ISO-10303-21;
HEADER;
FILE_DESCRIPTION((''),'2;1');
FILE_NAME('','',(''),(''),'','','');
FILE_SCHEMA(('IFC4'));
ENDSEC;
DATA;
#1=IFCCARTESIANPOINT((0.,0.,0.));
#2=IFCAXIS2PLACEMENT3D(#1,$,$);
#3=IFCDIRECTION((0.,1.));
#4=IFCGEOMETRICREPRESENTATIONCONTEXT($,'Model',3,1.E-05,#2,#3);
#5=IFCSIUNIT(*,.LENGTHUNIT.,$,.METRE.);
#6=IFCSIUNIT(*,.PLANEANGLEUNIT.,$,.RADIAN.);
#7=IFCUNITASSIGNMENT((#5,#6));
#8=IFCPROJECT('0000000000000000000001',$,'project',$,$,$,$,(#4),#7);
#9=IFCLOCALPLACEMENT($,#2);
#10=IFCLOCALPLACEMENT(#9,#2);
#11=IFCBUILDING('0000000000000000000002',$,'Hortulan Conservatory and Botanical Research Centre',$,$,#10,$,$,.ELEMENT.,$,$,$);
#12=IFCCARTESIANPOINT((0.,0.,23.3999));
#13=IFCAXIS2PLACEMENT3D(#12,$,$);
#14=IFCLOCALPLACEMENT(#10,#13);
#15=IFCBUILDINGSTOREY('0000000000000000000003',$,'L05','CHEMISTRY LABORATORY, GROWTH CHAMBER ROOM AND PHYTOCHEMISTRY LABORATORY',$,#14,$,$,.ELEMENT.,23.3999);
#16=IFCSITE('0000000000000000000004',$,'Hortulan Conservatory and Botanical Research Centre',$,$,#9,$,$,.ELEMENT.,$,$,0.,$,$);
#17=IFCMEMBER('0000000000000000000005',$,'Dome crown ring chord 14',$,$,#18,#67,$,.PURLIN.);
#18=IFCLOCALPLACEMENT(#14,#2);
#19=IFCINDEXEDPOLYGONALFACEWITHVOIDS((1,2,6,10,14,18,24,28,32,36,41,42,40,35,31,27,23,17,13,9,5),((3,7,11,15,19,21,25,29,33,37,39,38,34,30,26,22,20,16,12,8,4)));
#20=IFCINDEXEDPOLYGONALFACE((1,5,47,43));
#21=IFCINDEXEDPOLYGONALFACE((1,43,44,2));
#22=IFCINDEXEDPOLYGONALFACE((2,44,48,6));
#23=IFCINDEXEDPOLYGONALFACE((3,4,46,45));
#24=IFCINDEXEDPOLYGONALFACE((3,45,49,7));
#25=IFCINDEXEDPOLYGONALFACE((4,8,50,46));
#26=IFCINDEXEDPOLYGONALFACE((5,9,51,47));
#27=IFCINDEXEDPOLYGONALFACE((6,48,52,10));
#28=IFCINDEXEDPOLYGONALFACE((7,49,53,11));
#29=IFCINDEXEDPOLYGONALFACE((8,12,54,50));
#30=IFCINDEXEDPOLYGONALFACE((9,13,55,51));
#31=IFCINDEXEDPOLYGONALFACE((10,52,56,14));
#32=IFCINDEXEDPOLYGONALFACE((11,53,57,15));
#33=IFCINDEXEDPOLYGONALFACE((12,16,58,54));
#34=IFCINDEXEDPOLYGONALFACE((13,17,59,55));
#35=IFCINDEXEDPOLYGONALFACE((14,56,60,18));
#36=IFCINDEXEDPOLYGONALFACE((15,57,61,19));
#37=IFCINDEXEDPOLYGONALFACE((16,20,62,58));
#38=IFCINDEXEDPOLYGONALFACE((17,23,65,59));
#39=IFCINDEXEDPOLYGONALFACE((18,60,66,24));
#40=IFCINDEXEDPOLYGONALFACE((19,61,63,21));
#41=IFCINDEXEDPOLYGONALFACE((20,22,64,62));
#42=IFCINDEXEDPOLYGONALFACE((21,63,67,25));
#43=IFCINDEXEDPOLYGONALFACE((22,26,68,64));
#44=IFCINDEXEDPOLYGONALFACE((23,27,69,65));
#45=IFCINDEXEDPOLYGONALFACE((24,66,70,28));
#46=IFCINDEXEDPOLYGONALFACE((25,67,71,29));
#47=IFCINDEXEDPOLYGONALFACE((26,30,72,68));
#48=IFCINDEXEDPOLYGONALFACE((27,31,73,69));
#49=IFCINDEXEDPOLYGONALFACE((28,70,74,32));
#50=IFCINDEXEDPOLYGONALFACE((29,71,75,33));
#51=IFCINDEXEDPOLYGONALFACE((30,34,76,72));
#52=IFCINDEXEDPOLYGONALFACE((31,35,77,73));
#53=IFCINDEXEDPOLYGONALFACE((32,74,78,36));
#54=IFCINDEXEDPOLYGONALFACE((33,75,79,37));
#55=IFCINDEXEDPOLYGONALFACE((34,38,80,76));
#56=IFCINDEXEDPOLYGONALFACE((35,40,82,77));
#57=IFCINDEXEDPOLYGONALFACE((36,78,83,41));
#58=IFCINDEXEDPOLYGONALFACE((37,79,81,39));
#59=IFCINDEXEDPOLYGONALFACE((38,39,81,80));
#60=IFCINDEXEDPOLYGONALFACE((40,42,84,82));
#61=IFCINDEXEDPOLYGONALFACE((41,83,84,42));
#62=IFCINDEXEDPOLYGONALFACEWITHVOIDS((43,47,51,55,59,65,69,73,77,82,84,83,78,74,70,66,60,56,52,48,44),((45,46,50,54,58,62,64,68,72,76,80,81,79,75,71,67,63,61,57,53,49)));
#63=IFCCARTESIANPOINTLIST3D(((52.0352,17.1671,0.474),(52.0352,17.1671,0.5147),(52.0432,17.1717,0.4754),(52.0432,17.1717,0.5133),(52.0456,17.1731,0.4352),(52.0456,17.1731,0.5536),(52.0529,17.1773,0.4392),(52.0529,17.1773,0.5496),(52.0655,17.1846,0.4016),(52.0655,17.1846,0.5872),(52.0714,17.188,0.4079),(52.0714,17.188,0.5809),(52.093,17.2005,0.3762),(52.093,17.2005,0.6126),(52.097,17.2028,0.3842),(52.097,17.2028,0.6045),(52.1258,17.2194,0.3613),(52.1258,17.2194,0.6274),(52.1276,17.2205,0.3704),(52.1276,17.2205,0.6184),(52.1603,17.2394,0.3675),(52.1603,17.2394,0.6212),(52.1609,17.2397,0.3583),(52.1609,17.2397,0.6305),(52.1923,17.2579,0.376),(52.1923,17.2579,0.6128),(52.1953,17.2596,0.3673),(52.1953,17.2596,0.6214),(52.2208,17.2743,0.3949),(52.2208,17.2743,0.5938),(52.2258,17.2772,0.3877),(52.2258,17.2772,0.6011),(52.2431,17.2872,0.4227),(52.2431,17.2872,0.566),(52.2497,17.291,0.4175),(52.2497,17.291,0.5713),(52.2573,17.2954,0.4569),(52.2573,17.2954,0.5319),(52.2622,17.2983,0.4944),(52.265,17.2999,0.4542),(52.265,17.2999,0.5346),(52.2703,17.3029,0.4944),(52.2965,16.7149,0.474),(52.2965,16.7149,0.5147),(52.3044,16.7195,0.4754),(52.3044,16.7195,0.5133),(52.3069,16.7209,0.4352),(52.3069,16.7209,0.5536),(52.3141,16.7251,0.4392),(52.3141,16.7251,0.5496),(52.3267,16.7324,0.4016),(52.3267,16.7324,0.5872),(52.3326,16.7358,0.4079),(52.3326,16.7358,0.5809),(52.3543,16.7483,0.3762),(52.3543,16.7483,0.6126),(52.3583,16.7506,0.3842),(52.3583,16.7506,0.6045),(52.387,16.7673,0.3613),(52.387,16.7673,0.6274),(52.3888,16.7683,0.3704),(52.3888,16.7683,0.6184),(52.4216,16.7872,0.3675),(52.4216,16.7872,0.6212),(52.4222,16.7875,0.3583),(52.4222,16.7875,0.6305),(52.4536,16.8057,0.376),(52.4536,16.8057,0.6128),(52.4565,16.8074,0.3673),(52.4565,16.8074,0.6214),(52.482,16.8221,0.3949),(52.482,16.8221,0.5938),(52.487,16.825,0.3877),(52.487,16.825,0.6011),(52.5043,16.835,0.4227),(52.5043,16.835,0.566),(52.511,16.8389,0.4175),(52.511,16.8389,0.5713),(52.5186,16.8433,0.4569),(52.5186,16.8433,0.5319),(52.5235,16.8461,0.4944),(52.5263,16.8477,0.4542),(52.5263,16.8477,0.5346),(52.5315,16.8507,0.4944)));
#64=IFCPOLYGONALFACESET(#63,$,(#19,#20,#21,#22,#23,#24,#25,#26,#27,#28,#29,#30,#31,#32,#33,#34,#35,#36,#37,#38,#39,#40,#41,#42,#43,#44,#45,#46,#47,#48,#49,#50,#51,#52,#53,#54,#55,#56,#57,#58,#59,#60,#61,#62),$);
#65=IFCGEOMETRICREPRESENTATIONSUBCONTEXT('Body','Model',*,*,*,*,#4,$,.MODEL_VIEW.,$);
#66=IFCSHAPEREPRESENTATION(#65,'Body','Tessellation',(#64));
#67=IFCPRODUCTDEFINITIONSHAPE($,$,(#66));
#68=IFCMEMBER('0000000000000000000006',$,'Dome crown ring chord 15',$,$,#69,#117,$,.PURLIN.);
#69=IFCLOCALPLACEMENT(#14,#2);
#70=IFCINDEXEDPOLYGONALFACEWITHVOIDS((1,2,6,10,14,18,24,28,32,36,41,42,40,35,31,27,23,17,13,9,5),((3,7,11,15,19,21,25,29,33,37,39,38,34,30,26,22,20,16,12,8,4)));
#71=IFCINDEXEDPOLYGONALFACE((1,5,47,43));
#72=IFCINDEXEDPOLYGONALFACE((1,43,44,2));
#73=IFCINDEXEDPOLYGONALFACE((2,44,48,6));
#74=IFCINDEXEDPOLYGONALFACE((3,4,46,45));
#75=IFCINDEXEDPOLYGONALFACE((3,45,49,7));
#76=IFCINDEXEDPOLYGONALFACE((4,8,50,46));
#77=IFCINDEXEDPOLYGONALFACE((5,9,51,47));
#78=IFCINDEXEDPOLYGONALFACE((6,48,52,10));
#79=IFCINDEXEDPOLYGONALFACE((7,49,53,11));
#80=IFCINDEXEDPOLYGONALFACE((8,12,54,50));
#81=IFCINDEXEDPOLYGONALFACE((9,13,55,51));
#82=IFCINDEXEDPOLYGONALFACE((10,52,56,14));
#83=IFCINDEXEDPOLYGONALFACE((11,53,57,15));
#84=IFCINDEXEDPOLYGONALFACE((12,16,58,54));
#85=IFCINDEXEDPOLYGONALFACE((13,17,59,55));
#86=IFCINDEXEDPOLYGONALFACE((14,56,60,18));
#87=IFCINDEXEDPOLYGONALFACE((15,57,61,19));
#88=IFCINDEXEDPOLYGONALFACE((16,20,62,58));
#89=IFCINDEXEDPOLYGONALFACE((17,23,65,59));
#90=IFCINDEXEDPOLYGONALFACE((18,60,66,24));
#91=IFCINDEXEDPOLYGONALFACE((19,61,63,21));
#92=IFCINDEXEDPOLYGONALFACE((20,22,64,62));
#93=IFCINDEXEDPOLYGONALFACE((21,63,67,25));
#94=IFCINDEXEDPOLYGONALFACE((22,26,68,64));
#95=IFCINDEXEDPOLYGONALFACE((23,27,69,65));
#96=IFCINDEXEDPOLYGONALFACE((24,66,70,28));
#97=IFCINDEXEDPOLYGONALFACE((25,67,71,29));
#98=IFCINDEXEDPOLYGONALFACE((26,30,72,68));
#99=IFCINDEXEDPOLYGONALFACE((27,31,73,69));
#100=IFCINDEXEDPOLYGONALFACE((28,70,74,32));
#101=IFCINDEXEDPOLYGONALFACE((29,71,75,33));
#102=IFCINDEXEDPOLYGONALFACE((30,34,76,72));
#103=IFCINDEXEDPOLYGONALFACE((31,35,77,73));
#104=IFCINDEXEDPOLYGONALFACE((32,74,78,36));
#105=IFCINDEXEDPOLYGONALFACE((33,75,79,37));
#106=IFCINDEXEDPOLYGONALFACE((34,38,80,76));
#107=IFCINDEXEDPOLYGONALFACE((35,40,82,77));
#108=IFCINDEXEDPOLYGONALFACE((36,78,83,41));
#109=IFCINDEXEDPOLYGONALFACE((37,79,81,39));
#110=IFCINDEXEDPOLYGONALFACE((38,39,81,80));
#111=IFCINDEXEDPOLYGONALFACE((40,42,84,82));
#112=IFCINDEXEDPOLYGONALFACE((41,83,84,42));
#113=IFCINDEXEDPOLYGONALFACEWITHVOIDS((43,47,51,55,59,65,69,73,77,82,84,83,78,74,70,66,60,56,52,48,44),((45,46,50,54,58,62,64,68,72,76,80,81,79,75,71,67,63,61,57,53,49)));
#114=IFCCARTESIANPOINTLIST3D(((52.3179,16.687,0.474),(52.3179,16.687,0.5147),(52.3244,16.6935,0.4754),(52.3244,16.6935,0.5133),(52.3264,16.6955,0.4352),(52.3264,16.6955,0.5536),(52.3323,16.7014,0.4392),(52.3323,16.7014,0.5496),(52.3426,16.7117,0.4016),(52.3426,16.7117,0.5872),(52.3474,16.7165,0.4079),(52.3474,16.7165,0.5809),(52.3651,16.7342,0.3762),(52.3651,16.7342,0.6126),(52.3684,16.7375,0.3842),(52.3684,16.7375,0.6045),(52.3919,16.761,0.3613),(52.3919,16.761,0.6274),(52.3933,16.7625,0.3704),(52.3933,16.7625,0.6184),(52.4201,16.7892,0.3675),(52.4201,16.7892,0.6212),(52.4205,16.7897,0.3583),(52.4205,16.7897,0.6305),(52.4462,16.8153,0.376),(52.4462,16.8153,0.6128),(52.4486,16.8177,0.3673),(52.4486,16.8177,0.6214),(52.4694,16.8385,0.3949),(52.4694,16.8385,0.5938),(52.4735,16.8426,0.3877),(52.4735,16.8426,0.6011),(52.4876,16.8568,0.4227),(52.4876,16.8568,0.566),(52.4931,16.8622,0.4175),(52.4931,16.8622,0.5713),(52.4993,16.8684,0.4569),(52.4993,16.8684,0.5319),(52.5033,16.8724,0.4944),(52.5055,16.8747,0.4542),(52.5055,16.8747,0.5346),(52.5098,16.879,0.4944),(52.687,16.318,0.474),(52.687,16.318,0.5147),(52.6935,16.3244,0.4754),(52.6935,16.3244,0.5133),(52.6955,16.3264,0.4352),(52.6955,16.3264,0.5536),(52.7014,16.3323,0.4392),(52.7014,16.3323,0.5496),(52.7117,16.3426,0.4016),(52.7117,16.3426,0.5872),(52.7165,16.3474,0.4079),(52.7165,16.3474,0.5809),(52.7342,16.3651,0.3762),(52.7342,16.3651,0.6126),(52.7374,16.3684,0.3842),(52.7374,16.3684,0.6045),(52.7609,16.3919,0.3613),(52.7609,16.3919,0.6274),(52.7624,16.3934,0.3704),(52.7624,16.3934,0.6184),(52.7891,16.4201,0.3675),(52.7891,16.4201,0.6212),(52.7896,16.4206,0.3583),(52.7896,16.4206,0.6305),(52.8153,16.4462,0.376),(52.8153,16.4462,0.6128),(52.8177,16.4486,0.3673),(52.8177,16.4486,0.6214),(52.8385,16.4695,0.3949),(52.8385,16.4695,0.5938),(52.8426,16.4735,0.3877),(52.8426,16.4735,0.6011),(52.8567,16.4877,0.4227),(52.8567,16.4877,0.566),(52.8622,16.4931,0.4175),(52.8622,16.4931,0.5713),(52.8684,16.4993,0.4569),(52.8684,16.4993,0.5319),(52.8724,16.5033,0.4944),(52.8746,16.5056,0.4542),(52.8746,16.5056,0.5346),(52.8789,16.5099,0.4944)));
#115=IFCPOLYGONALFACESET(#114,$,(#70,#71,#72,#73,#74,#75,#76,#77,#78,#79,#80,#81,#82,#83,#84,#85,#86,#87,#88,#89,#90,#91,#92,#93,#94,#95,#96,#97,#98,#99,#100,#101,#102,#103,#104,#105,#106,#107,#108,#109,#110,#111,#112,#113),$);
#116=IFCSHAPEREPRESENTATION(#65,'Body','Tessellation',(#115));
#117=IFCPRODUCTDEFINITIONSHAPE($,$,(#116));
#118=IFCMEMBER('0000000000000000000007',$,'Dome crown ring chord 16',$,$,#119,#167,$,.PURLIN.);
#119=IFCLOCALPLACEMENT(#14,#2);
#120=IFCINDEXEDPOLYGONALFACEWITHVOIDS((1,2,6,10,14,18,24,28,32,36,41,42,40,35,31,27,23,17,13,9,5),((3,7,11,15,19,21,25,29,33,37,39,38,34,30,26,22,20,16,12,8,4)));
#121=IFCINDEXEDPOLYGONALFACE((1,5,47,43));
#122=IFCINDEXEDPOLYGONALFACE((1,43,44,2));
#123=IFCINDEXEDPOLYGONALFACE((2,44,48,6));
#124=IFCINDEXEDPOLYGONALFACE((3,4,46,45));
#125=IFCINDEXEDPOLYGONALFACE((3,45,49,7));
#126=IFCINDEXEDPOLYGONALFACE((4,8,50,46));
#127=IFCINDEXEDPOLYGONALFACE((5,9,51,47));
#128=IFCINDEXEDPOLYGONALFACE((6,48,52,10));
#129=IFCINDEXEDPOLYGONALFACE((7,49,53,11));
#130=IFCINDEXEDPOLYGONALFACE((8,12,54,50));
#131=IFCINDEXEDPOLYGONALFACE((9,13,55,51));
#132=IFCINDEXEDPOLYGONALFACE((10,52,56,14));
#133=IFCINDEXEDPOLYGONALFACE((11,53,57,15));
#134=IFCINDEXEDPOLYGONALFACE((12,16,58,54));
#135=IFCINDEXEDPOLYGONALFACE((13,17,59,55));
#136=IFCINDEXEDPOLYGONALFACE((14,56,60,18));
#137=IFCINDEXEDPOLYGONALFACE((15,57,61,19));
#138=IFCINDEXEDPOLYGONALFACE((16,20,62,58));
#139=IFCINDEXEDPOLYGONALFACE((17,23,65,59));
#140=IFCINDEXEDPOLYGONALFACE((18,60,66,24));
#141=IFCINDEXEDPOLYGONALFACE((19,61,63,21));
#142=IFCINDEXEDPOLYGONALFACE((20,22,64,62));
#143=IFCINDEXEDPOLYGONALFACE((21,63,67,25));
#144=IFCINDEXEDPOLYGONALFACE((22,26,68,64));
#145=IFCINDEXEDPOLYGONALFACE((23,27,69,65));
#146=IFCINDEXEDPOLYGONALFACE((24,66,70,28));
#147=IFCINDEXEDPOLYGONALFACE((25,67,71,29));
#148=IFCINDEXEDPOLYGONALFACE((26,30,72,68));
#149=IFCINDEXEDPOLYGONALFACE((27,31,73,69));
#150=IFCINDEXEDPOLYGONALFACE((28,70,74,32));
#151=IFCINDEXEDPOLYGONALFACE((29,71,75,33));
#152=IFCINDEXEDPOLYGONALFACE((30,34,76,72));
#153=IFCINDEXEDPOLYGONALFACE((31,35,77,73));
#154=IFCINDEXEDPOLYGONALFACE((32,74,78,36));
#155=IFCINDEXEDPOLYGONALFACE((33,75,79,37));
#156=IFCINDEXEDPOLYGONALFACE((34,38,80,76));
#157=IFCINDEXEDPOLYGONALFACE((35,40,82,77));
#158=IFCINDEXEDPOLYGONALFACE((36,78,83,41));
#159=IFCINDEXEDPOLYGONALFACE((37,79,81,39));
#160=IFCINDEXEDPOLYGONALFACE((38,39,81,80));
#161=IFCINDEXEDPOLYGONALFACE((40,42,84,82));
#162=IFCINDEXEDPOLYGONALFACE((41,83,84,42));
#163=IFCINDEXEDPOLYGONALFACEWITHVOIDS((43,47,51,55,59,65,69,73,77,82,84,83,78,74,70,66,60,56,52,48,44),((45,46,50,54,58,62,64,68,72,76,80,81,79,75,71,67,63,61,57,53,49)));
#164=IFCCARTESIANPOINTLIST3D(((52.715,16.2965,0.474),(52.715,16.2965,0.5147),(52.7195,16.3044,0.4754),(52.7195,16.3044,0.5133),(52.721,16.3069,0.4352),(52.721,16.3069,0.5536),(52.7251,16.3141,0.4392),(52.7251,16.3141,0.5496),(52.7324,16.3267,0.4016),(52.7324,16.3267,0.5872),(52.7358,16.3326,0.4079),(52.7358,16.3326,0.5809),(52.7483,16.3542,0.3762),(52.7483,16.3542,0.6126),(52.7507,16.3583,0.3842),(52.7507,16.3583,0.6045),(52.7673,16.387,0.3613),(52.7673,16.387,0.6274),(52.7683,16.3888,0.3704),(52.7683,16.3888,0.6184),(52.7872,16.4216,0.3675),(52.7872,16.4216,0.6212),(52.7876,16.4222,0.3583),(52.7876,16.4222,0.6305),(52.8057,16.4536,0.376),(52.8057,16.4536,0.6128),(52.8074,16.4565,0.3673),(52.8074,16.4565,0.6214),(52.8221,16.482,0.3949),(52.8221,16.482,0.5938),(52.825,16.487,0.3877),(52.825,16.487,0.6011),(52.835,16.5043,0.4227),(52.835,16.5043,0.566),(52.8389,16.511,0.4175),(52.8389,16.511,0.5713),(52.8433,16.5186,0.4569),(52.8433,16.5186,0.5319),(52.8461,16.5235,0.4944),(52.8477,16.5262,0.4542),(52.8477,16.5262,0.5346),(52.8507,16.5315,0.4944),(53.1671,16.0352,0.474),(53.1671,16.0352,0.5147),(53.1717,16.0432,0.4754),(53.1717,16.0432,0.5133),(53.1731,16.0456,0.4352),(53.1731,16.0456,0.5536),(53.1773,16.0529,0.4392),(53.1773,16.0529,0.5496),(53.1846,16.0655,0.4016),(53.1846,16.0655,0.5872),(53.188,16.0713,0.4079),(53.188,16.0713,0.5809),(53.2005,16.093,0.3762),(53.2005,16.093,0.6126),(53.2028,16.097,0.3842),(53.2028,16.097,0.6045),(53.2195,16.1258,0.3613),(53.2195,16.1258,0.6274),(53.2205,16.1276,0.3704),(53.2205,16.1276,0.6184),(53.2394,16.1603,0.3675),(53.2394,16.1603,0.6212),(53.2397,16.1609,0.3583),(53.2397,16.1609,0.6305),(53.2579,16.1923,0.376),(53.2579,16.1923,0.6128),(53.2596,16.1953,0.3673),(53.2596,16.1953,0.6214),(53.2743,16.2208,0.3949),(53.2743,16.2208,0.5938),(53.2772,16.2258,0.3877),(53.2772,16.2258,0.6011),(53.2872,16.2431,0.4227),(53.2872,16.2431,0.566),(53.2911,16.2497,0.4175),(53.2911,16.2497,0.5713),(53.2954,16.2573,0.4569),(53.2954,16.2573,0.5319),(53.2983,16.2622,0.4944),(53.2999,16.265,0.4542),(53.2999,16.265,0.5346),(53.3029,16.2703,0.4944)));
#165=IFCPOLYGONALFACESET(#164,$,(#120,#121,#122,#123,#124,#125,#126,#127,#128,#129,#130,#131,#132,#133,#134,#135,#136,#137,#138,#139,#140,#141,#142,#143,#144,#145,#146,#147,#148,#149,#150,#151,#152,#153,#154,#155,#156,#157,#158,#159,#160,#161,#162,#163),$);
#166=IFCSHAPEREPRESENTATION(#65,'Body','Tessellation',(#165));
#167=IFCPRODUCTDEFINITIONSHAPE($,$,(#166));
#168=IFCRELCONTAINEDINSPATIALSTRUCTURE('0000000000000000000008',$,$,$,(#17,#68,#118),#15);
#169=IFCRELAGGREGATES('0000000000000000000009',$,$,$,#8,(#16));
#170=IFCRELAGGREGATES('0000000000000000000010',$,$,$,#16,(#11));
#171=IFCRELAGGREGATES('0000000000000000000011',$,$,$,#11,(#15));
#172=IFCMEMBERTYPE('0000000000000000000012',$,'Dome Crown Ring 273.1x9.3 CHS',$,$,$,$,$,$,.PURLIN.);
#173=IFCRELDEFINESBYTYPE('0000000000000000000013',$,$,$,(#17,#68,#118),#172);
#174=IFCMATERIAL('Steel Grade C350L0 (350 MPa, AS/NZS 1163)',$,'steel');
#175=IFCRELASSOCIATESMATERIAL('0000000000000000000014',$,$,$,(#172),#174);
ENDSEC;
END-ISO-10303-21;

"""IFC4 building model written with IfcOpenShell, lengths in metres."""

from ifc_helpers import new_model, si_unit, direction, frame, origin, origin_2d, place, context, subcontext, project, spatial, hollow_circle, extrude, material, material_profile, profile_set, type_object, element, save


model = new_model("IFC4")

# Units and contexts
model_context = context("Model", 3, precision=1e-05, world=origin(), true_north=direction((0.0, 1.0)))
body_context = subcontext(model_context, "Body", "Model", "MODEL_VIEW")
ifc_project = project(units=[si_unit("LENGTHUNIT", "METRE"), si_unit("PLANEANGLEUNIT", "RADIAN")], contexts=[model_context])

# Site, building, storey
site_placement = place(None, origin())
site = spatial("IfcSite", under=ifc_project, at=site_placement, Name="Hortulan Conservatory and Botanical Research Centre", CompositionType="ELEMENT", RefElevation=0.0)
building_placement = place(site_placement, origin())
building = spatial("IfcBuilding", under=site, at=building_placement, Name="Hortulan Conservatory and Botanical Research Centre", CompositionType="ELEMENT")
storey_placement = place(building_placement, frame((0.0, 0.0, 23.3999)))
storey = spatial("IfcBuildingStorey", under=building, at=storey_placement, Name="L05", Description="CHEMISTRY LABORATORY, GROWTH CHAMBER ROOM AND PHYTOCHEMISTRY LABORATORY", CompositionType="ELEMENT", Elevation=23.3999)

# Members
ifc_material_1 = material(Name="Steel Grade C350L0 (350 MPa, AS/NZS 1163)", Category="steel")
ifc_material_profile_1 = material_profile(ifc_material_1, hollow_circle(Radius=0.1365, WallThickness=0.0093, at=origin_2d()), Name="273.1x9.3CHS")
ifc_profile_set_1 = profile_set([ifc_material_profile_1], Name="Steel Grade C350L0 (350 MPa, AS/NZS 1163)")
member_type_1 = type_object("IfcMemberType", Name="Dome Crown Ring 273.1x9.3 CHS", PredefinedType="PURLIN", material=ifc_profile_set_1)
member_1_placement = place(storey_placement, frame((52.1521, 17.2346, 0.4944), z_axis=(0.500262, -0.865874, 0.0), x_axis=(0.865874, 0.500262, 0.0)))
element("IfcMember", 1, at=member_1_placement, inside=storey, type_object=member_type_1, Name="Dome crown ring chord 14", PredefinedType="PURLIN", context=body_context, shape_type="SweptSolid", body=[
    extrude(hollow_circle(Radius=0.1365, WallThickness=0.0093, at=origin_2d()), origin(), (0.0, 0.0, 1.0), 0.5222),
])
member_2_placement = place(storey_placement, frame((52.4133, 16.7825, 0.4944), z_axis=(0.707107, -0.707107, 0.0), x_axis=(0.707107, 0.707107, 0.0)))
element("IfcMember", 2, at=member_2_placement, inside=storey, type_object=member_type_1, Name="Dome crown ring chord 15", PredefinedType="PURLIN", context=body_context, shape_type="SweptSolid", body=[
    extrude(hollow_circle(Radius=0.1365, WallThickness=0.0093, at=origin_2d()), origin(), (0.0, 0.0, 1.0), 0.522),
])
for number, where, z_axis, x_axis, name in (
    (3, (52.7825, 16.4133, 0.4944), (0.865874, -0.500262, 0.0), (0.500262, 0.865874, 0.0), "Dome crown ring chord 16"),
):
    element("IfcMember", number, at=place(storey_placement, frame(where, z_axis=z_axis, x_axis=x_axis)), inside=storey, type_object=member_type_1, Name=name, PredefinedType="PURLIN", context=body_context, shape_type="SweptSolid", body=[
        extrude(hollow_circle(Radius=0.1365, WallThickness=0.0093, at=origin_2d()), origin(), (0.0, 0.0, 1.0), 0.5222),
    ])

save(model, "model.ifc")
